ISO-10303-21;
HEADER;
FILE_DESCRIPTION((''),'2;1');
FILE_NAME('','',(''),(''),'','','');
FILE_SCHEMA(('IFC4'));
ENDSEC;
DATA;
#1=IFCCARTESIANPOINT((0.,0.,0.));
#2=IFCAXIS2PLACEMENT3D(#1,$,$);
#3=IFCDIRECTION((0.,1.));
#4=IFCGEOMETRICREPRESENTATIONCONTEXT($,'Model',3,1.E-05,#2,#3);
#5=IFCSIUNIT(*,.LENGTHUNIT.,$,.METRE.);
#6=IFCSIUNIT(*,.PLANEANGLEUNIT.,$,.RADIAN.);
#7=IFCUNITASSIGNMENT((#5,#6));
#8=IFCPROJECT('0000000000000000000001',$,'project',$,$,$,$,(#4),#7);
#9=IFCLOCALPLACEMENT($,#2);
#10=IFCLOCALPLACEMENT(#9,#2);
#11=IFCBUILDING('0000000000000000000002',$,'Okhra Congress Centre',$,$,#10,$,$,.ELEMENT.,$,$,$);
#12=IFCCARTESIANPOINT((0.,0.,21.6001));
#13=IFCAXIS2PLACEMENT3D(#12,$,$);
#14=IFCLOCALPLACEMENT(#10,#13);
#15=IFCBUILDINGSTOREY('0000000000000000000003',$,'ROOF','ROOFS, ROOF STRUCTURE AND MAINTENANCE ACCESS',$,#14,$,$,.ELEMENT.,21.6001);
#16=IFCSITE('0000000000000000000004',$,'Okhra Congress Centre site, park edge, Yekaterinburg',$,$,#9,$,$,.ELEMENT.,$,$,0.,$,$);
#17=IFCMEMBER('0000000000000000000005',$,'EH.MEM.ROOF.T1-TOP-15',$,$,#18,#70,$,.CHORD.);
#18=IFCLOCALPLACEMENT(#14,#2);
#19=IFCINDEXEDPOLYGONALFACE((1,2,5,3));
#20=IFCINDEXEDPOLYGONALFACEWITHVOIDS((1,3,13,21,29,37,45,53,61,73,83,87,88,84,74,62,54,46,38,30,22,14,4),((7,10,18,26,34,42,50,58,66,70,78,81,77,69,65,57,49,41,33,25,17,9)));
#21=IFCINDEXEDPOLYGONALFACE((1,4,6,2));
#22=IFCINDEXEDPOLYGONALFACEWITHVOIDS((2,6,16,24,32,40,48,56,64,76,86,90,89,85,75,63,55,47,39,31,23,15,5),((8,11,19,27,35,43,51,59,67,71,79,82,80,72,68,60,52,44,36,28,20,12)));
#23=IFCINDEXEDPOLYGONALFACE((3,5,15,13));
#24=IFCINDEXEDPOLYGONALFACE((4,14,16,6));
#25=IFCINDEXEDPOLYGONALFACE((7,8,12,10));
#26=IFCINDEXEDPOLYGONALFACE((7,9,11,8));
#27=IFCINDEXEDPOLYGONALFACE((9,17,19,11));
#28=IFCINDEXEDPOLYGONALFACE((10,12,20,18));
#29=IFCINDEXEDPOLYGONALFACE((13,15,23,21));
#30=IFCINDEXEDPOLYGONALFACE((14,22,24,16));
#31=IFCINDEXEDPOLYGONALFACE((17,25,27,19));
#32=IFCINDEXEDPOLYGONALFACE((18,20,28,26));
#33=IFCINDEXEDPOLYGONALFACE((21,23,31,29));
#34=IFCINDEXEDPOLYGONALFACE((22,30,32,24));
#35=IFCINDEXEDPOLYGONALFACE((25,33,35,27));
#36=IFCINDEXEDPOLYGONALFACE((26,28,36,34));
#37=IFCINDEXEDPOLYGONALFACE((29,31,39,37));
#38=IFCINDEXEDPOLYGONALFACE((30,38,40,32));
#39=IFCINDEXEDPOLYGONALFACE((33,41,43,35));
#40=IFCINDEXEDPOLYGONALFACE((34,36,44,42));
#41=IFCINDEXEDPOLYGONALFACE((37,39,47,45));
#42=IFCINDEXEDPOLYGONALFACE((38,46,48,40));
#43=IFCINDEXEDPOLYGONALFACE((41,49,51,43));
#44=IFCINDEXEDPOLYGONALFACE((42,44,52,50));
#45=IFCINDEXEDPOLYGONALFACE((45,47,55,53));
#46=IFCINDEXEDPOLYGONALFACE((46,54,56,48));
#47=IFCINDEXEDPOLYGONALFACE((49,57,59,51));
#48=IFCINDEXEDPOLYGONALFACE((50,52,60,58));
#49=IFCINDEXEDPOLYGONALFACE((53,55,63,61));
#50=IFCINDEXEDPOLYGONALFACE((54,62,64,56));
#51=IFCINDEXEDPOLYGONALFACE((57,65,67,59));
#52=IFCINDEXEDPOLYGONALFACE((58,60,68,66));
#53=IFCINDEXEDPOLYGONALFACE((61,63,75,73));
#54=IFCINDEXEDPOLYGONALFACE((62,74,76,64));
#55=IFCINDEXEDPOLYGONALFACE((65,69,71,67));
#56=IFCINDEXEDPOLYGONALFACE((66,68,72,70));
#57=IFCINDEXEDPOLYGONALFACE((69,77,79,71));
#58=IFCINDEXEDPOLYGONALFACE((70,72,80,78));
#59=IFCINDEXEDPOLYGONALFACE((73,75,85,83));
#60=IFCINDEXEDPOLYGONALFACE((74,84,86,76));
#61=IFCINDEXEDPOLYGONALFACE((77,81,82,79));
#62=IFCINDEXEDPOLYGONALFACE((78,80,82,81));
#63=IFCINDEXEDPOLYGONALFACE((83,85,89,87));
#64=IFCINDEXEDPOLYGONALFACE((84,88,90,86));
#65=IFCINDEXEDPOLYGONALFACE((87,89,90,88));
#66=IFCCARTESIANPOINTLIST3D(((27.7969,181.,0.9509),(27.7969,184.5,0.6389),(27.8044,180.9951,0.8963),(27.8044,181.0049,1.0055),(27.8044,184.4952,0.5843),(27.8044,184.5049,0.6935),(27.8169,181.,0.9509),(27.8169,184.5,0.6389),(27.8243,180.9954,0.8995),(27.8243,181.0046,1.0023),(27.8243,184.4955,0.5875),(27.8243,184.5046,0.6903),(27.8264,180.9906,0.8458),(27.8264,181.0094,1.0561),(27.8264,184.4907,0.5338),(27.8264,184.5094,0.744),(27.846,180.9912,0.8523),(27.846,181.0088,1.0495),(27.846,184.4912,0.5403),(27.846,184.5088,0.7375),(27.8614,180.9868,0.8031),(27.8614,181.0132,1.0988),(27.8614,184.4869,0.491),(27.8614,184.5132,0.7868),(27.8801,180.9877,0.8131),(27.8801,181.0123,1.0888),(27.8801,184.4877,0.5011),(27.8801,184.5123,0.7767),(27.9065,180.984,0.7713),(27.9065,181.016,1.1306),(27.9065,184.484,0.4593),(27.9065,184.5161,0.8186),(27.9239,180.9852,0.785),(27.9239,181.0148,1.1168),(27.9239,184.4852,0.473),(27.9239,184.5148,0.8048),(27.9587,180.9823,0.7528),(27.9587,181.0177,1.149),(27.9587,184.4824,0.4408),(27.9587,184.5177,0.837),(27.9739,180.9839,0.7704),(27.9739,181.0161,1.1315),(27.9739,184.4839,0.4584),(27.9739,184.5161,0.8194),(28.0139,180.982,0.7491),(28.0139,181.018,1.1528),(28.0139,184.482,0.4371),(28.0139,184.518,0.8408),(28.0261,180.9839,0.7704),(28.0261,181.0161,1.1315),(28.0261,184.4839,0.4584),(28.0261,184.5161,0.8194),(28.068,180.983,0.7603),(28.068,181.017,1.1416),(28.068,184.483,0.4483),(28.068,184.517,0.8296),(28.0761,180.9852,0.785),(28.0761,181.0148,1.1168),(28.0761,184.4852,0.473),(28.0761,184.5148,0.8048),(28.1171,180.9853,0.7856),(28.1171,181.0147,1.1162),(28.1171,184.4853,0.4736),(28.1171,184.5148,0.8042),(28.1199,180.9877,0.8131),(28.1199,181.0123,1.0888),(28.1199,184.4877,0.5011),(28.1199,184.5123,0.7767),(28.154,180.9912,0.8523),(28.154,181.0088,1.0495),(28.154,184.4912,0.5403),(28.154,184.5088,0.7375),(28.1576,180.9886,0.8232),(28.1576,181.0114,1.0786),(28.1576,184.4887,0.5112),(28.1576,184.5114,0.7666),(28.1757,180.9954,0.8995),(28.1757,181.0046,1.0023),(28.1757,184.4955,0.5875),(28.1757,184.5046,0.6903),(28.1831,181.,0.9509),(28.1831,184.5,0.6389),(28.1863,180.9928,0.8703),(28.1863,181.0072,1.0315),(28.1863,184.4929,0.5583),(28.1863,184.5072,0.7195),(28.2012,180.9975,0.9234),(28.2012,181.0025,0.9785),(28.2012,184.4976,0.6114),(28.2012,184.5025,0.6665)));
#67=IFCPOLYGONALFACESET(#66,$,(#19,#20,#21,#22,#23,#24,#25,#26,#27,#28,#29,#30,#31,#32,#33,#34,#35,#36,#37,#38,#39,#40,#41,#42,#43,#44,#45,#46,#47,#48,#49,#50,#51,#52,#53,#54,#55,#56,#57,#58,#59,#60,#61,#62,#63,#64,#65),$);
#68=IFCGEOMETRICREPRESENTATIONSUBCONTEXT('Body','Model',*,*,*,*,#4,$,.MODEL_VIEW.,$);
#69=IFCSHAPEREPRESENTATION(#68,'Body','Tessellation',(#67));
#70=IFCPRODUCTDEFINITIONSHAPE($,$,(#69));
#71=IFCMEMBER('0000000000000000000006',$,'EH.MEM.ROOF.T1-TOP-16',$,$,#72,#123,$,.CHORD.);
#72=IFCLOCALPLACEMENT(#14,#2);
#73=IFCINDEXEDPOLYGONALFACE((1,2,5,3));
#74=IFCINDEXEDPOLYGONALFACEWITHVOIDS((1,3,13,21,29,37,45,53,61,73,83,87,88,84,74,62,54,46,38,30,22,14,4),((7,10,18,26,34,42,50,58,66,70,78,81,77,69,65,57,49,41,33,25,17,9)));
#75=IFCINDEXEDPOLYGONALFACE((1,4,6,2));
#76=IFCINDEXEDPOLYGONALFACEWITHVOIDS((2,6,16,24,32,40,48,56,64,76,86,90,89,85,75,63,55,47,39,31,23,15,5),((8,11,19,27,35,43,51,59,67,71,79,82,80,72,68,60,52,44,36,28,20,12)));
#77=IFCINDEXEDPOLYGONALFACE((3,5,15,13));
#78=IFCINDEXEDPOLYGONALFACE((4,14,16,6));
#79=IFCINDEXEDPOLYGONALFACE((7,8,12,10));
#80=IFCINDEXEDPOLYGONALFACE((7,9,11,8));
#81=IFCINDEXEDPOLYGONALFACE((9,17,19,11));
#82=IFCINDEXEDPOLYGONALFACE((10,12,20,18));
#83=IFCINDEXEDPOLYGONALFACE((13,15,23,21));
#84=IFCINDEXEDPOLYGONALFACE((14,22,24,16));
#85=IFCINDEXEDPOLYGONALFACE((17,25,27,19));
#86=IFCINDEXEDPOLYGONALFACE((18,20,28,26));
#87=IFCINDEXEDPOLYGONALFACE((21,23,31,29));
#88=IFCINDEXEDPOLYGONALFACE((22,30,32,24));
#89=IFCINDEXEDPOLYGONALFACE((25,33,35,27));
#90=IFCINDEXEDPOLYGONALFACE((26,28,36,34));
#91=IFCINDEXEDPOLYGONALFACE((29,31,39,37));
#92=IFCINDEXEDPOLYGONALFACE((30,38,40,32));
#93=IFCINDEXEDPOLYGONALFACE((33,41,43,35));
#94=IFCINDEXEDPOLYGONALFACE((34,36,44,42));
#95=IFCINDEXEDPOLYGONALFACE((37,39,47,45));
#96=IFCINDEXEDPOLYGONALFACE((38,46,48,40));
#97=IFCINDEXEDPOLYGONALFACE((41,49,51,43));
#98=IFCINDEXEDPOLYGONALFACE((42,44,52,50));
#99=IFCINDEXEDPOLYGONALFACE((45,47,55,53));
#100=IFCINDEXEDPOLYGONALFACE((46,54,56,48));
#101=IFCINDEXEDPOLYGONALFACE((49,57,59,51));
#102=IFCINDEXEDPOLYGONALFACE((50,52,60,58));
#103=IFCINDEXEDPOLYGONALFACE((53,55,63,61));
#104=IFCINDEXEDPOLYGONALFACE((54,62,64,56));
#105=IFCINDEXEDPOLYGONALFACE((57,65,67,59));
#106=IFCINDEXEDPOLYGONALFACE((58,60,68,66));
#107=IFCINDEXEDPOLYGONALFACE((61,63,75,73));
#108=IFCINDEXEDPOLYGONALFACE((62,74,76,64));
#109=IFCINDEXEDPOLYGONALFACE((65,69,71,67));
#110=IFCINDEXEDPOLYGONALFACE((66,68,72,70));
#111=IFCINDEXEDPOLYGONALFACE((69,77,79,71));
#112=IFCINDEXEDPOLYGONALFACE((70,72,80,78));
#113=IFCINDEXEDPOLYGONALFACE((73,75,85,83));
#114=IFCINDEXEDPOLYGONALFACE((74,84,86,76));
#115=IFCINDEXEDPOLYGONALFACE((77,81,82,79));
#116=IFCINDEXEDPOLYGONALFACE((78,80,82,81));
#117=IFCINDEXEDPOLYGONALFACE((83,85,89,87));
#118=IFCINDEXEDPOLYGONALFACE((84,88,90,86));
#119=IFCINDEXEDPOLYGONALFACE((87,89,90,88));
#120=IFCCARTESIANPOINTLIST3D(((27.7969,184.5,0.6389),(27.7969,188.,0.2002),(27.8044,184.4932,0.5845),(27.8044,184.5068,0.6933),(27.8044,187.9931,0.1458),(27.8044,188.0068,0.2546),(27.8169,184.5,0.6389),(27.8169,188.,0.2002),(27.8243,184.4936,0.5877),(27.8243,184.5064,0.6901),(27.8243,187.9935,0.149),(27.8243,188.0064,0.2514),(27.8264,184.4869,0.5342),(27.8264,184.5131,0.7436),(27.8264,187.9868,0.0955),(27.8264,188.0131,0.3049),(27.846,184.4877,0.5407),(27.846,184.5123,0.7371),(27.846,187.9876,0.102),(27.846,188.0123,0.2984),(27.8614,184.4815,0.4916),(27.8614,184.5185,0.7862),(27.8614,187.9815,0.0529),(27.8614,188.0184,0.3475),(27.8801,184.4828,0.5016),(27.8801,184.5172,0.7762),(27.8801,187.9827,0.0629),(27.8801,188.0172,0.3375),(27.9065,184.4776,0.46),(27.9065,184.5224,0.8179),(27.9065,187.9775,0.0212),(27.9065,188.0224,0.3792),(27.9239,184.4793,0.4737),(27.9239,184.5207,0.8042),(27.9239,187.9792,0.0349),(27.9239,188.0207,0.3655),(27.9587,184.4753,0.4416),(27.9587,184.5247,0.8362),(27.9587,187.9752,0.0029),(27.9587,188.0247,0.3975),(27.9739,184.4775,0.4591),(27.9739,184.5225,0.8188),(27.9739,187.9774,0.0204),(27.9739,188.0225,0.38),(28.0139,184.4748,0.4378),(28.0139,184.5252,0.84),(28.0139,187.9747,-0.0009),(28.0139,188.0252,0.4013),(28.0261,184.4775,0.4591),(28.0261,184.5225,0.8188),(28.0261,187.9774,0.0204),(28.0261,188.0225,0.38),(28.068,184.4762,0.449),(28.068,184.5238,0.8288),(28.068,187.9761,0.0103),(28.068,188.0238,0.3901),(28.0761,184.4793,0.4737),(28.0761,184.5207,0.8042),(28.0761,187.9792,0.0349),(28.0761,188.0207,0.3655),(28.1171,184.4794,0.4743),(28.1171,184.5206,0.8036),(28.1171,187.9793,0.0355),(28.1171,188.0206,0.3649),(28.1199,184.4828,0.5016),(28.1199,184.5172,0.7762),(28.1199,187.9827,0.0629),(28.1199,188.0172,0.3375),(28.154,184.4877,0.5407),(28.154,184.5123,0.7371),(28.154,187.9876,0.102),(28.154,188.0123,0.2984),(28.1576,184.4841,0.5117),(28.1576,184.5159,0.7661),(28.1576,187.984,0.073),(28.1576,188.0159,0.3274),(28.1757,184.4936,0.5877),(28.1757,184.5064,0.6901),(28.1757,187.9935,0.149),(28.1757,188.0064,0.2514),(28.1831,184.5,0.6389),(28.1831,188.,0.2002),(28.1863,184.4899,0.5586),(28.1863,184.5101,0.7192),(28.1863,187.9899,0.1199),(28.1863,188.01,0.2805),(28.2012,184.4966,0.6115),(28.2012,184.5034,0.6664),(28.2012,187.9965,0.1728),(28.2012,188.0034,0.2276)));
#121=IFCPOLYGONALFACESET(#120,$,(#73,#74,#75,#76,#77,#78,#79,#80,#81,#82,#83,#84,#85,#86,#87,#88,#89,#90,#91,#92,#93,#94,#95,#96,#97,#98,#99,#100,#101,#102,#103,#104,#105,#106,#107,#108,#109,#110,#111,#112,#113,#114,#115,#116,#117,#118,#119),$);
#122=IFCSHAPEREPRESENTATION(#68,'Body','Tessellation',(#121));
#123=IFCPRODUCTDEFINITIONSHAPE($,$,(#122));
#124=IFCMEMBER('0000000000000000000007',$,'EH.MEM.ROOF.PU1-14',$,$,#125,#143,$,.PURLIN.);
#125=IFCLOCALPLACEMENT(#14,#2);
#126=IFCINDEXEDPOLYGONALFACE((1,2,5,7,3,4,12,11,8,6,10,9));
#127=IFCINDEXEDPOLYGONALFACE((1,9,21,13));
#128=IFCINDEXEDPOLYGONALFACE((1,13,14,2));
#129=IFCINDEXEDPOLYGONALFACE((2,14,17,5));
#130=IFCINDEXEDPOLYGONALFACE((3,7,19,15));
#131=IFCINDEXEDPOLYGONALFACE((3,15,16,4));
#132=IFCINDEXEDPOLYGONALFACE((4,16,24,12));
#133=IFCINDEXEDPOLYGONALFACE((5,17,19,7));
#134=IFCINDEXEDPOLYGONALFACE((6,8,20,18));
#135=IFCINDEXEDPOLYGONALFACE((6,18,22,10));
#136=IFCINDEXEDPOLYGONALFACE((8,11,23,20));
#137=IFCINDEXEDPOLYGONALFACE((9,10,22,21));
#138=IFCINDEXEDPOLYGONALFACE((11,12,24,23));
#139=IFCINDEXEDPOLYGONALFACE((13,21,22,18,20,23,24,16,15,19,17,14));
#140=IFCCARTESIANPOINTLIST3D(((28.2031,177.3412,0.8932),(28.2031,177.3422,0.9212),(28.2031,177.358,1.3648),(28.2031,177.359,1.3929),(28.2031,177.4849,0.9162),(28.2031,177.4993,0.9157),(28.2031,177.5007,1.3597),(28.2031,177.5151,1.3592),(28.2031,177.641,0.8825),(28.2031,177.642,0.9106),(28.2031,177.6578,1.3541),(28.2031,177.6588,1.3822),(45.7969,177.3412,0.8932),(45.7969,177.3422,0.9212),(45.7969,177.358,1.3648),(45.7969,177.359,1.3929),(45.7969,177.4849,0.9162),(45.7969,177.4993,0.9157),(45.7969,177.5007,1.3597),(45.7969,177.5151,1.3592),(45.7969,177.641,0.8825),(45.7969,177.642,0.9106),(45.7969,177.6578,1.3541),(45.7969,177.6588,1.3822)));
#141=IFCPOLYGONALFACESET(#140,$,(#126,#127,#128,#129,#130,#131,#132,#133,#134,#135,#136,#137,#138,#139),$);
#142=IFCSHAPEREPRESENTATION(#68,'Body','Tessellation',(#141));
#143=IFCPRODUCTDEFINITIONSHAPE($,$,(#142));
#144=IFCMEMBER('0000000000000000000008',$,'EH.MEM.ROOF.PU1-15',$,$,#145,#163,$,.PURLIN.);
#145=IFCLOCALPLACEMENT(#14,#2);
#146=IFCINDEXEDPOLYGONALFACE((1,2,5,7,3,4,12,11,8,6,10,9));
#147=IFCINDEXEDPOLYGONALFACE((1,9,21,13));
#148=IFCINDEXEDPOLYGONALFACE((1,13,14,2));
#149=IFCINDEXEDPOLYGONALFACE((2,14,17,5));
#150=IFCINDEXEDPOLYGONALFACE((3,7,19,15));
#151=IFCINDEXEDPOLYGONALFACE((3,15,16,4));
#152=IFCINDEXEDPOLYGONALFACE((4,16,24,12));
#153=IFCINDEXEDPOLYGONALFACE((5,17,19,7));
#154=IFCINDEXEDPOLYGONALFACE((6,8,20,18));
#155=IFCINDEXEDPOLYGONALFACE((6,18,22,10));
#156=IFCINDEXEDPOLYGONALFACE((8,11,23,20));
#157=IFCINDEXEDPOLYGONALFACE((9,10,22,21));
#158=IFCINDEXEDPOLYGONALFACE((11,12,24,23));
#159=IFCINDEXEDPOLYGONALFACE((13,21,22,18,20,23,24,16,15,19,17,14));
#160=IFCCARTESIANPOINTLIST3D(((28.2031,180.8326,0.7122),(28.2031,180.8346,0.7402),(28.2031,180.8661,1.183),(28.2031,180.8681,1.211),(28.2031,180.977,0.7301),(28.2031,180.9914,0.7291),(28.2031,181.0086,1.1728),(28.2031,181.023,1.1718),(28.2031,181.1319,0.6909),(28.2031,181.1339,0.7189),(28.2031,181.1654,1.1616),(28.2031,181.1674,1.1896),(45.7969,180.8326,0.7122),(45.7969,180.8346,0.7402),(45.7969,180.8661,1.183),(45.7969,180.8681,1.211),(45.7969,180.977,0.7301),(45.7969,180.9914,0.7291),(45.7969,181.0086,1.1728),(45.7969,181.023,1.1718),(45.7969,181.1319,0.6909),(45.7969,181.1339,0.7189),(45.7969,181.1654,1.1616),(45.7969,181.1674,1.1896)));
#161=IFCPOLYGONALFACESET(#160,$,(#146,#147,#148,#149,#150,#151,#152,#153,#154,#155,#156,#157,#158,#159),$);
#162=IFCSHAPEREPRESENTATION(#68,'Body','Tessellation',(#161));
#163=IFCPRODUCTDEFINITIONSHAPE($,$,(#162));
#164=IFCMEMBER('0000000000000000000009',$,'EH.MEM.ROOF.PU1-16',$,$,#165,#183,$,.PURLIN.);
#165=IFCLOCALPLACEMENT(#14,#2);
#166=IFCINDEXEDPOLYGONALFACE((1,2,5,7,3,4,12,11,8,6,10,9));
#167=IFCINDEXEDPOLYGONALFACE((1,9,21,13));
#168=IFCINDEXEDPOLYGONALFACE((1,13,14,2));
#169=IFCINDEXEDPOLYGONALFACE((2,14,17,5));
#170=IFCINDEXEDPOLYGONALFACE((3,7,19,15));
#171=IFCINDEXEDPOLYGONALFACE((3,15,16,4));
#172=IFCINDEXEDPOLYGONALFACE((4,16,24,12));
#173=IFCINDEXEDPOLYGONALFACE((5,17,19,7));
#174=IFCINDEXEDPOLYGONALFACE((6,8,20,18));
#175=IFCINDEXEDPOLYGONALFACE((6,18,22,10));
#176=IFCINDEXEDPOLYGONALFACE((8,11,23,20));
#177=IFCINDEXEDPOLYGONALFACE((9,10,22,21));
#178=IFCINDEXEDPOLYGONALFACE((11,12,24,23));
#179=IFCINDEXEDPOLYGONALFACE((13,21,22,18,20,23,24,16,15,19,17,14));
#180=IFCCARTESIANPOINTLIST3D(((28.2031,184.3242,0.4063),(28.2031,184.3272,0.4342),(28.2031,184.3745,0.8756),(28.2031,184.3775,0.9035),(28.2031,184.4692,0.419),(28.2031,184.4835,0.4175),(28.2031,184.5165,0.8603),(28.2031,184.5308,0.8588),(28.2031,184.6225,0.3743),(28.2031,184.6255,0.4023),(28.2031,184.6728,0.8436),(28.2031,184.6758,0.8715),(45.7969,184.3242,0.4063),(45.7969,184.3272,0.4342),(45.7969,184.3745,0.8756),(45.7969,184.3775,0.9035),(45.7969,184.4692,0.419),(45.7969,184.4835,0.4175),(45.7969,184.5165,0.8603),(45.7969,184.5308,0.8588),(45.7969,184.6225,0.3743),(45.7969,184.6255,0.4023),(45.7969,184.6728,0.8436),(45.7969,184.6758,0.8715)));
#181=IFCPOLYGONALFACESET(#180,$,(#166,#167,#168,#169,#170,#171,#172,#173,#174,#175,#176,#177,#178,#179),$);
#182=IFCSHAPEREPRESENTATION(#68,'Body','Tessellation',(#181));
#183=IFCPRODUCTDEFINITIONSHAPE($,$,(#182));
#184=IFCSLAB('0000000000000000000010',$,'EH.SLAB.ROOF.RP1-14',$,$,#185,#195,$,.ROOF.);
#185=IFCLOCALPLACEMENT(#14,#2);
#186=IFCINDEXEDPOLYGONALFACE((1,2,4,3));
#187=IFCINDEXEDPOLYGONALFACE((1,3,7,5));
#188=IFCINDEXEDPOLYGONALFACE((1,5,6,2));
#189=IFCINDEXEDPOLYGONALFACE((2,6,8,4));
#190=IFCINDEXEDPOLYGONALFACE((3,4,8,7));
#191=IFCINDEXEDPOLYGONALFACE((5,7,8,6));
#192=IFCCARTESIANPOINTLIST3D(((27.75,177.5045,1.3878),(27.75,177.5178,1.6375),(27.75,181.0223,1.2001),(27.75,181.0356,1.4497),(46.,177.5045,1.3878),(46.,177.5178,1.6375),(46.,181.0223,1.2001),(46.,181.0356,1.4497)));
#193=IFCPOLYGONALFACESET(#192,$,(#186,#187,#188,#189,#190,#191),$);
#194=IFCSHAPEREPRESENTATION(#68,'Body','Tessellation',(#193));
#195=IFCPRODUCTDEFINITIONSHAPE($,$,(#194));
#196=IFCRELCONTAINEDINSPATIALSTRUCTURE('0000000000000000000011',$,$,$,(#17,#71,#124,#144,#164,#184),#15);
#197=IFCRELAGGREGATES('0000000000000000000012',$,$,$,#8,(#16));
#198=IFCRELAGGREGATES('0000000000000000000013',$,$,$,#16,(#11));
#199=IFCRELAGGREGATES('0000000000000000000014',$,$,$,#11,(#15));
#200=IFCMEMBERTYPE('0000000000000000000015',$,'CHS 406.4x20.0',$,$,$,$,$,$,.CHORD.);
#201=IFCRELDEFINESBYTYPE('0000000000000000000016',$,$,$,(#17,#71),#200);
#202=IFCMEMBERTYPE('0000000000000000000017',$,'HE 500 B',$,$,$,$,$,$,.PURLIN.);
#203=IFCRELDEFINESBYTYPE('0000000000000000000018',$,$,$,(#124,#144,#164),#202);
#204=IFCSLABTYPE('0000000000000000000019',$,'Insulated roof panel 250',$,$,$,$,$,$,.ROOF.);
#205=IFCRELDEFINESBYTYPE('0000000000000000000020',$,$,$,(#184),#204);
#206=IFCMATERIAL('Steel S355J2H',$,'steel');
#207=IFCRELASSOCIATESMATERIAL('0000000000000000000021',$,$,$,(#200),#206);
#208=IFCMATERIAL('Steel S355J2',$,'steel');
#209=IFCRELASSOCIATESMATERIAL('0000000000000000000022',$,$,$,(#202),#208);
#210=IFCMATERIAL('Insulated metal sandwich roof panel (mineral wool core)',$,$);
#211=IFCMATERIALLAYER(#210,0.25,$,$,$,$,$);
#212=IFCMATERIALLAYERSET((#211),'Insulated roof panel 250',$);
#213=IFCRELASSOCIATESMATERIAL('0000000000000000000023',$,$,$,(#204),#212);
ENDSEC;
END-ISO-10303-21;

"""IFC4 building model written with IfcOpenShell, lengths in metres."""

from ifc_helpers import new_model, si_unit, direction, frame, origin, origin_2d, place, context, subcontext, project, spatial, polyline, hollow_circle, i_section, outline, extrude, material, layer, layer_set, material_profile, profile_set, type_object, element, save


model = new_model("IFC4")

# Units and contexts
model_context = context("Model", 3, precision=1e-05, world=origin(), true_north=direction((0.0, 1.0)))
body_context = subcontext(model_context, "Body", "Model", "MODEL_VIEW")
ifc_project = project(units=[si_unit("LENGTHUNIT", "METRE"), si_unit("PLANEANGLEUNIT", "RADIAN")], contexts=[model_context])

# Site, building, storey
site_placement = place(None, origin())
site = spatial("IfcSite", under=ifc_project, at=site_placement, Name="Okhra Congress Centre site, park edge, Yekaterinburg", CompositionType="ELEMENT", RefElevation=0.0)
building_placement = place(site_placement, origin())
building = spatial("IfcBuilding", under=site, at=building_placement, Name="Okhra Congress Centre", CompositionType="ELEMENT")
storey_placement = place(building_placement, frame((0.0, 0.0, 21.6001)))
storey = spatial("IfcBuildingStorey", under=building, at=storey_placement, Name="ROOF", Description="ROOFS, ROOF STRUCTURE AND MAINTENANCE ACCESS", CompositionType="ELEMENT", Elevation=21.6001)

# Members
ifc_material_1 = material(Name="Steel S355J2H", Category="steel")
ifc_material_profile_1 = material_profile(ifc_material_1, hollow_circle(Radius=0.2031, WallThickness=0.02, at=origin_2d()), Name="CHS 406.4x20.0")
ifc_profile_set_1 = profile_set([ifc_material_profile_1], Name="Steel S355J2H")
member_type_1 = type_object("IfcMemberType", Name="CHS 406.4x20.0", PredefinedType="CHORD", material=ifc_profile_set_1)
member_1_placement = place(storey_placement, frame((28.0, 181.0, 0.9509), z_axis=(0.0, 0.99605, -0.088794), x_axis=(-1.0, 0.0, 0.0)))
element("IfcMember", 1, at=member_1_placement, inside=storey, type_object=member_type_1, Name="EH.MEM.ROOF.T1-TOP-15", PredefinedType="CHORD", context=body_context, shape_type="SweptSolid", body=[
    extrude(hollow_circle(Radius=0.2031, WallThickness=0.02, at=origin_2d()), origin(), (0.0, 0.0, 1.0), 3.5139),
])
member_2_placement = place(storey_placement, frame((28.0, 184.5, 0.6389), z_axis=(0.0, 0.992235, -0.124375), x_axis=(-1.0, 0.0, 0.0)))
element("IfcMember", 2, at=member_2_placement, inside=storey, type_object=member_type_1, Name="EH.MEM.ROOF.T1-TOP-16", PredefinedType="CHORD", context=body_context, shape_type="SweptSolid", body=[
    extrude(hollow_circle(Radius=0.2031, WallThickness=0.02, at=origin_2d()), origin(), (0.0, 0.0, 1.0), 3.5273),
])
ifc_material_2 = material(Name="Steel S355J2", Category="steel")
ifc_material_profile_2 = material_profile(ifc_material_2, i_section(OverallWidth=0.3, OverallDepth=0.5, WebThickness=0.0144, FlangeThickness=0.0281, at=origin_2d()), Name="HE 500 B")
ifc_profile_set_2 = profile_set([ifc_material_profile_2], Name="Steel S355J2")
member_type_2 = type_object("IfcMemberType", Name="HE 500 B", PredefinedType="PURLIN", material=ifc_profile_set_2)
for number, where, z_axis, x_axis, name in (
    (3, (28.2031, 177.5, 1.1377), (1.0, 0.0, 0.0), (0.0, 0.999368, -0.035533), "EH.MEM.ROOF.PU1-14"),
    (4, (28.2031, 181.0, 0.9509), (1.0, 0.0, 0.0), (0.0, 0.997472, -0.071067), "EH.MEM.ROOF.PU1-15"),
    (5, (28.2031, 184.5, 0.6389), (1.0, 0.0, 0.0), (0.0, 0.994302, -0.106601), "EH.MEM.ROOF.PU1-16"),
):
    element("IfcMember", number, at=place(storey_placement, frame(where, z_axis=z_axis, x_axis=x_axis)), inside=storey, type_object=member_type_2, Name=name, PredefinedType="PURLIN", context=body_context, shape_type="SweptSolid", body=[
        extrude(i_section(OverallWidth=0.3, OverallDepth=0.5, WebThickness=0.0144, FlangeThickness=0.0281, at=origin_2d()), origin(), (0.0, 0.0, 1.0), 17.5938),
    ])

# Slab
ifc_material_3 = material(Name="Insulated metal sandwich roof panel (mineral wool core)")
ifc_layer_1 = layer(ifc_material_3, 0.25)
ifc_layer_set_1 = layer_set([ifc_layer_1], Name="Insulated roof panel 250")
slab_type = type_object("IfcSlabType", Name="Insulated roof panel 250", PredefinedType="ROOF", material=ifc_layer_set_1)
slab_1_placement = place(storey_placement, frame((27.75, 177.5178, 1.6375), z_axis=(0.0, 0.053294, 0.998579), x_axis=(1.0, 0.0, 0.0)))
element("IfcSlab", 6, at=slab_1_placement, inside=storey, type_object=slab_type, Name="EH.SLAB.ROOF.RP1-14", PredefinedType="ROOF", context=body_context, shape_type="SweptSolid", body=[
    extrude(outline(polyline([(0.0, 0.0), (18.25, 0.0), (18.25, 3.5228), (0.0, 3.5228), (0.0, 0.0)])), origin(), (0.0, 0.0, -1.0), 0.25),
])

save(model, "model.ifc")
